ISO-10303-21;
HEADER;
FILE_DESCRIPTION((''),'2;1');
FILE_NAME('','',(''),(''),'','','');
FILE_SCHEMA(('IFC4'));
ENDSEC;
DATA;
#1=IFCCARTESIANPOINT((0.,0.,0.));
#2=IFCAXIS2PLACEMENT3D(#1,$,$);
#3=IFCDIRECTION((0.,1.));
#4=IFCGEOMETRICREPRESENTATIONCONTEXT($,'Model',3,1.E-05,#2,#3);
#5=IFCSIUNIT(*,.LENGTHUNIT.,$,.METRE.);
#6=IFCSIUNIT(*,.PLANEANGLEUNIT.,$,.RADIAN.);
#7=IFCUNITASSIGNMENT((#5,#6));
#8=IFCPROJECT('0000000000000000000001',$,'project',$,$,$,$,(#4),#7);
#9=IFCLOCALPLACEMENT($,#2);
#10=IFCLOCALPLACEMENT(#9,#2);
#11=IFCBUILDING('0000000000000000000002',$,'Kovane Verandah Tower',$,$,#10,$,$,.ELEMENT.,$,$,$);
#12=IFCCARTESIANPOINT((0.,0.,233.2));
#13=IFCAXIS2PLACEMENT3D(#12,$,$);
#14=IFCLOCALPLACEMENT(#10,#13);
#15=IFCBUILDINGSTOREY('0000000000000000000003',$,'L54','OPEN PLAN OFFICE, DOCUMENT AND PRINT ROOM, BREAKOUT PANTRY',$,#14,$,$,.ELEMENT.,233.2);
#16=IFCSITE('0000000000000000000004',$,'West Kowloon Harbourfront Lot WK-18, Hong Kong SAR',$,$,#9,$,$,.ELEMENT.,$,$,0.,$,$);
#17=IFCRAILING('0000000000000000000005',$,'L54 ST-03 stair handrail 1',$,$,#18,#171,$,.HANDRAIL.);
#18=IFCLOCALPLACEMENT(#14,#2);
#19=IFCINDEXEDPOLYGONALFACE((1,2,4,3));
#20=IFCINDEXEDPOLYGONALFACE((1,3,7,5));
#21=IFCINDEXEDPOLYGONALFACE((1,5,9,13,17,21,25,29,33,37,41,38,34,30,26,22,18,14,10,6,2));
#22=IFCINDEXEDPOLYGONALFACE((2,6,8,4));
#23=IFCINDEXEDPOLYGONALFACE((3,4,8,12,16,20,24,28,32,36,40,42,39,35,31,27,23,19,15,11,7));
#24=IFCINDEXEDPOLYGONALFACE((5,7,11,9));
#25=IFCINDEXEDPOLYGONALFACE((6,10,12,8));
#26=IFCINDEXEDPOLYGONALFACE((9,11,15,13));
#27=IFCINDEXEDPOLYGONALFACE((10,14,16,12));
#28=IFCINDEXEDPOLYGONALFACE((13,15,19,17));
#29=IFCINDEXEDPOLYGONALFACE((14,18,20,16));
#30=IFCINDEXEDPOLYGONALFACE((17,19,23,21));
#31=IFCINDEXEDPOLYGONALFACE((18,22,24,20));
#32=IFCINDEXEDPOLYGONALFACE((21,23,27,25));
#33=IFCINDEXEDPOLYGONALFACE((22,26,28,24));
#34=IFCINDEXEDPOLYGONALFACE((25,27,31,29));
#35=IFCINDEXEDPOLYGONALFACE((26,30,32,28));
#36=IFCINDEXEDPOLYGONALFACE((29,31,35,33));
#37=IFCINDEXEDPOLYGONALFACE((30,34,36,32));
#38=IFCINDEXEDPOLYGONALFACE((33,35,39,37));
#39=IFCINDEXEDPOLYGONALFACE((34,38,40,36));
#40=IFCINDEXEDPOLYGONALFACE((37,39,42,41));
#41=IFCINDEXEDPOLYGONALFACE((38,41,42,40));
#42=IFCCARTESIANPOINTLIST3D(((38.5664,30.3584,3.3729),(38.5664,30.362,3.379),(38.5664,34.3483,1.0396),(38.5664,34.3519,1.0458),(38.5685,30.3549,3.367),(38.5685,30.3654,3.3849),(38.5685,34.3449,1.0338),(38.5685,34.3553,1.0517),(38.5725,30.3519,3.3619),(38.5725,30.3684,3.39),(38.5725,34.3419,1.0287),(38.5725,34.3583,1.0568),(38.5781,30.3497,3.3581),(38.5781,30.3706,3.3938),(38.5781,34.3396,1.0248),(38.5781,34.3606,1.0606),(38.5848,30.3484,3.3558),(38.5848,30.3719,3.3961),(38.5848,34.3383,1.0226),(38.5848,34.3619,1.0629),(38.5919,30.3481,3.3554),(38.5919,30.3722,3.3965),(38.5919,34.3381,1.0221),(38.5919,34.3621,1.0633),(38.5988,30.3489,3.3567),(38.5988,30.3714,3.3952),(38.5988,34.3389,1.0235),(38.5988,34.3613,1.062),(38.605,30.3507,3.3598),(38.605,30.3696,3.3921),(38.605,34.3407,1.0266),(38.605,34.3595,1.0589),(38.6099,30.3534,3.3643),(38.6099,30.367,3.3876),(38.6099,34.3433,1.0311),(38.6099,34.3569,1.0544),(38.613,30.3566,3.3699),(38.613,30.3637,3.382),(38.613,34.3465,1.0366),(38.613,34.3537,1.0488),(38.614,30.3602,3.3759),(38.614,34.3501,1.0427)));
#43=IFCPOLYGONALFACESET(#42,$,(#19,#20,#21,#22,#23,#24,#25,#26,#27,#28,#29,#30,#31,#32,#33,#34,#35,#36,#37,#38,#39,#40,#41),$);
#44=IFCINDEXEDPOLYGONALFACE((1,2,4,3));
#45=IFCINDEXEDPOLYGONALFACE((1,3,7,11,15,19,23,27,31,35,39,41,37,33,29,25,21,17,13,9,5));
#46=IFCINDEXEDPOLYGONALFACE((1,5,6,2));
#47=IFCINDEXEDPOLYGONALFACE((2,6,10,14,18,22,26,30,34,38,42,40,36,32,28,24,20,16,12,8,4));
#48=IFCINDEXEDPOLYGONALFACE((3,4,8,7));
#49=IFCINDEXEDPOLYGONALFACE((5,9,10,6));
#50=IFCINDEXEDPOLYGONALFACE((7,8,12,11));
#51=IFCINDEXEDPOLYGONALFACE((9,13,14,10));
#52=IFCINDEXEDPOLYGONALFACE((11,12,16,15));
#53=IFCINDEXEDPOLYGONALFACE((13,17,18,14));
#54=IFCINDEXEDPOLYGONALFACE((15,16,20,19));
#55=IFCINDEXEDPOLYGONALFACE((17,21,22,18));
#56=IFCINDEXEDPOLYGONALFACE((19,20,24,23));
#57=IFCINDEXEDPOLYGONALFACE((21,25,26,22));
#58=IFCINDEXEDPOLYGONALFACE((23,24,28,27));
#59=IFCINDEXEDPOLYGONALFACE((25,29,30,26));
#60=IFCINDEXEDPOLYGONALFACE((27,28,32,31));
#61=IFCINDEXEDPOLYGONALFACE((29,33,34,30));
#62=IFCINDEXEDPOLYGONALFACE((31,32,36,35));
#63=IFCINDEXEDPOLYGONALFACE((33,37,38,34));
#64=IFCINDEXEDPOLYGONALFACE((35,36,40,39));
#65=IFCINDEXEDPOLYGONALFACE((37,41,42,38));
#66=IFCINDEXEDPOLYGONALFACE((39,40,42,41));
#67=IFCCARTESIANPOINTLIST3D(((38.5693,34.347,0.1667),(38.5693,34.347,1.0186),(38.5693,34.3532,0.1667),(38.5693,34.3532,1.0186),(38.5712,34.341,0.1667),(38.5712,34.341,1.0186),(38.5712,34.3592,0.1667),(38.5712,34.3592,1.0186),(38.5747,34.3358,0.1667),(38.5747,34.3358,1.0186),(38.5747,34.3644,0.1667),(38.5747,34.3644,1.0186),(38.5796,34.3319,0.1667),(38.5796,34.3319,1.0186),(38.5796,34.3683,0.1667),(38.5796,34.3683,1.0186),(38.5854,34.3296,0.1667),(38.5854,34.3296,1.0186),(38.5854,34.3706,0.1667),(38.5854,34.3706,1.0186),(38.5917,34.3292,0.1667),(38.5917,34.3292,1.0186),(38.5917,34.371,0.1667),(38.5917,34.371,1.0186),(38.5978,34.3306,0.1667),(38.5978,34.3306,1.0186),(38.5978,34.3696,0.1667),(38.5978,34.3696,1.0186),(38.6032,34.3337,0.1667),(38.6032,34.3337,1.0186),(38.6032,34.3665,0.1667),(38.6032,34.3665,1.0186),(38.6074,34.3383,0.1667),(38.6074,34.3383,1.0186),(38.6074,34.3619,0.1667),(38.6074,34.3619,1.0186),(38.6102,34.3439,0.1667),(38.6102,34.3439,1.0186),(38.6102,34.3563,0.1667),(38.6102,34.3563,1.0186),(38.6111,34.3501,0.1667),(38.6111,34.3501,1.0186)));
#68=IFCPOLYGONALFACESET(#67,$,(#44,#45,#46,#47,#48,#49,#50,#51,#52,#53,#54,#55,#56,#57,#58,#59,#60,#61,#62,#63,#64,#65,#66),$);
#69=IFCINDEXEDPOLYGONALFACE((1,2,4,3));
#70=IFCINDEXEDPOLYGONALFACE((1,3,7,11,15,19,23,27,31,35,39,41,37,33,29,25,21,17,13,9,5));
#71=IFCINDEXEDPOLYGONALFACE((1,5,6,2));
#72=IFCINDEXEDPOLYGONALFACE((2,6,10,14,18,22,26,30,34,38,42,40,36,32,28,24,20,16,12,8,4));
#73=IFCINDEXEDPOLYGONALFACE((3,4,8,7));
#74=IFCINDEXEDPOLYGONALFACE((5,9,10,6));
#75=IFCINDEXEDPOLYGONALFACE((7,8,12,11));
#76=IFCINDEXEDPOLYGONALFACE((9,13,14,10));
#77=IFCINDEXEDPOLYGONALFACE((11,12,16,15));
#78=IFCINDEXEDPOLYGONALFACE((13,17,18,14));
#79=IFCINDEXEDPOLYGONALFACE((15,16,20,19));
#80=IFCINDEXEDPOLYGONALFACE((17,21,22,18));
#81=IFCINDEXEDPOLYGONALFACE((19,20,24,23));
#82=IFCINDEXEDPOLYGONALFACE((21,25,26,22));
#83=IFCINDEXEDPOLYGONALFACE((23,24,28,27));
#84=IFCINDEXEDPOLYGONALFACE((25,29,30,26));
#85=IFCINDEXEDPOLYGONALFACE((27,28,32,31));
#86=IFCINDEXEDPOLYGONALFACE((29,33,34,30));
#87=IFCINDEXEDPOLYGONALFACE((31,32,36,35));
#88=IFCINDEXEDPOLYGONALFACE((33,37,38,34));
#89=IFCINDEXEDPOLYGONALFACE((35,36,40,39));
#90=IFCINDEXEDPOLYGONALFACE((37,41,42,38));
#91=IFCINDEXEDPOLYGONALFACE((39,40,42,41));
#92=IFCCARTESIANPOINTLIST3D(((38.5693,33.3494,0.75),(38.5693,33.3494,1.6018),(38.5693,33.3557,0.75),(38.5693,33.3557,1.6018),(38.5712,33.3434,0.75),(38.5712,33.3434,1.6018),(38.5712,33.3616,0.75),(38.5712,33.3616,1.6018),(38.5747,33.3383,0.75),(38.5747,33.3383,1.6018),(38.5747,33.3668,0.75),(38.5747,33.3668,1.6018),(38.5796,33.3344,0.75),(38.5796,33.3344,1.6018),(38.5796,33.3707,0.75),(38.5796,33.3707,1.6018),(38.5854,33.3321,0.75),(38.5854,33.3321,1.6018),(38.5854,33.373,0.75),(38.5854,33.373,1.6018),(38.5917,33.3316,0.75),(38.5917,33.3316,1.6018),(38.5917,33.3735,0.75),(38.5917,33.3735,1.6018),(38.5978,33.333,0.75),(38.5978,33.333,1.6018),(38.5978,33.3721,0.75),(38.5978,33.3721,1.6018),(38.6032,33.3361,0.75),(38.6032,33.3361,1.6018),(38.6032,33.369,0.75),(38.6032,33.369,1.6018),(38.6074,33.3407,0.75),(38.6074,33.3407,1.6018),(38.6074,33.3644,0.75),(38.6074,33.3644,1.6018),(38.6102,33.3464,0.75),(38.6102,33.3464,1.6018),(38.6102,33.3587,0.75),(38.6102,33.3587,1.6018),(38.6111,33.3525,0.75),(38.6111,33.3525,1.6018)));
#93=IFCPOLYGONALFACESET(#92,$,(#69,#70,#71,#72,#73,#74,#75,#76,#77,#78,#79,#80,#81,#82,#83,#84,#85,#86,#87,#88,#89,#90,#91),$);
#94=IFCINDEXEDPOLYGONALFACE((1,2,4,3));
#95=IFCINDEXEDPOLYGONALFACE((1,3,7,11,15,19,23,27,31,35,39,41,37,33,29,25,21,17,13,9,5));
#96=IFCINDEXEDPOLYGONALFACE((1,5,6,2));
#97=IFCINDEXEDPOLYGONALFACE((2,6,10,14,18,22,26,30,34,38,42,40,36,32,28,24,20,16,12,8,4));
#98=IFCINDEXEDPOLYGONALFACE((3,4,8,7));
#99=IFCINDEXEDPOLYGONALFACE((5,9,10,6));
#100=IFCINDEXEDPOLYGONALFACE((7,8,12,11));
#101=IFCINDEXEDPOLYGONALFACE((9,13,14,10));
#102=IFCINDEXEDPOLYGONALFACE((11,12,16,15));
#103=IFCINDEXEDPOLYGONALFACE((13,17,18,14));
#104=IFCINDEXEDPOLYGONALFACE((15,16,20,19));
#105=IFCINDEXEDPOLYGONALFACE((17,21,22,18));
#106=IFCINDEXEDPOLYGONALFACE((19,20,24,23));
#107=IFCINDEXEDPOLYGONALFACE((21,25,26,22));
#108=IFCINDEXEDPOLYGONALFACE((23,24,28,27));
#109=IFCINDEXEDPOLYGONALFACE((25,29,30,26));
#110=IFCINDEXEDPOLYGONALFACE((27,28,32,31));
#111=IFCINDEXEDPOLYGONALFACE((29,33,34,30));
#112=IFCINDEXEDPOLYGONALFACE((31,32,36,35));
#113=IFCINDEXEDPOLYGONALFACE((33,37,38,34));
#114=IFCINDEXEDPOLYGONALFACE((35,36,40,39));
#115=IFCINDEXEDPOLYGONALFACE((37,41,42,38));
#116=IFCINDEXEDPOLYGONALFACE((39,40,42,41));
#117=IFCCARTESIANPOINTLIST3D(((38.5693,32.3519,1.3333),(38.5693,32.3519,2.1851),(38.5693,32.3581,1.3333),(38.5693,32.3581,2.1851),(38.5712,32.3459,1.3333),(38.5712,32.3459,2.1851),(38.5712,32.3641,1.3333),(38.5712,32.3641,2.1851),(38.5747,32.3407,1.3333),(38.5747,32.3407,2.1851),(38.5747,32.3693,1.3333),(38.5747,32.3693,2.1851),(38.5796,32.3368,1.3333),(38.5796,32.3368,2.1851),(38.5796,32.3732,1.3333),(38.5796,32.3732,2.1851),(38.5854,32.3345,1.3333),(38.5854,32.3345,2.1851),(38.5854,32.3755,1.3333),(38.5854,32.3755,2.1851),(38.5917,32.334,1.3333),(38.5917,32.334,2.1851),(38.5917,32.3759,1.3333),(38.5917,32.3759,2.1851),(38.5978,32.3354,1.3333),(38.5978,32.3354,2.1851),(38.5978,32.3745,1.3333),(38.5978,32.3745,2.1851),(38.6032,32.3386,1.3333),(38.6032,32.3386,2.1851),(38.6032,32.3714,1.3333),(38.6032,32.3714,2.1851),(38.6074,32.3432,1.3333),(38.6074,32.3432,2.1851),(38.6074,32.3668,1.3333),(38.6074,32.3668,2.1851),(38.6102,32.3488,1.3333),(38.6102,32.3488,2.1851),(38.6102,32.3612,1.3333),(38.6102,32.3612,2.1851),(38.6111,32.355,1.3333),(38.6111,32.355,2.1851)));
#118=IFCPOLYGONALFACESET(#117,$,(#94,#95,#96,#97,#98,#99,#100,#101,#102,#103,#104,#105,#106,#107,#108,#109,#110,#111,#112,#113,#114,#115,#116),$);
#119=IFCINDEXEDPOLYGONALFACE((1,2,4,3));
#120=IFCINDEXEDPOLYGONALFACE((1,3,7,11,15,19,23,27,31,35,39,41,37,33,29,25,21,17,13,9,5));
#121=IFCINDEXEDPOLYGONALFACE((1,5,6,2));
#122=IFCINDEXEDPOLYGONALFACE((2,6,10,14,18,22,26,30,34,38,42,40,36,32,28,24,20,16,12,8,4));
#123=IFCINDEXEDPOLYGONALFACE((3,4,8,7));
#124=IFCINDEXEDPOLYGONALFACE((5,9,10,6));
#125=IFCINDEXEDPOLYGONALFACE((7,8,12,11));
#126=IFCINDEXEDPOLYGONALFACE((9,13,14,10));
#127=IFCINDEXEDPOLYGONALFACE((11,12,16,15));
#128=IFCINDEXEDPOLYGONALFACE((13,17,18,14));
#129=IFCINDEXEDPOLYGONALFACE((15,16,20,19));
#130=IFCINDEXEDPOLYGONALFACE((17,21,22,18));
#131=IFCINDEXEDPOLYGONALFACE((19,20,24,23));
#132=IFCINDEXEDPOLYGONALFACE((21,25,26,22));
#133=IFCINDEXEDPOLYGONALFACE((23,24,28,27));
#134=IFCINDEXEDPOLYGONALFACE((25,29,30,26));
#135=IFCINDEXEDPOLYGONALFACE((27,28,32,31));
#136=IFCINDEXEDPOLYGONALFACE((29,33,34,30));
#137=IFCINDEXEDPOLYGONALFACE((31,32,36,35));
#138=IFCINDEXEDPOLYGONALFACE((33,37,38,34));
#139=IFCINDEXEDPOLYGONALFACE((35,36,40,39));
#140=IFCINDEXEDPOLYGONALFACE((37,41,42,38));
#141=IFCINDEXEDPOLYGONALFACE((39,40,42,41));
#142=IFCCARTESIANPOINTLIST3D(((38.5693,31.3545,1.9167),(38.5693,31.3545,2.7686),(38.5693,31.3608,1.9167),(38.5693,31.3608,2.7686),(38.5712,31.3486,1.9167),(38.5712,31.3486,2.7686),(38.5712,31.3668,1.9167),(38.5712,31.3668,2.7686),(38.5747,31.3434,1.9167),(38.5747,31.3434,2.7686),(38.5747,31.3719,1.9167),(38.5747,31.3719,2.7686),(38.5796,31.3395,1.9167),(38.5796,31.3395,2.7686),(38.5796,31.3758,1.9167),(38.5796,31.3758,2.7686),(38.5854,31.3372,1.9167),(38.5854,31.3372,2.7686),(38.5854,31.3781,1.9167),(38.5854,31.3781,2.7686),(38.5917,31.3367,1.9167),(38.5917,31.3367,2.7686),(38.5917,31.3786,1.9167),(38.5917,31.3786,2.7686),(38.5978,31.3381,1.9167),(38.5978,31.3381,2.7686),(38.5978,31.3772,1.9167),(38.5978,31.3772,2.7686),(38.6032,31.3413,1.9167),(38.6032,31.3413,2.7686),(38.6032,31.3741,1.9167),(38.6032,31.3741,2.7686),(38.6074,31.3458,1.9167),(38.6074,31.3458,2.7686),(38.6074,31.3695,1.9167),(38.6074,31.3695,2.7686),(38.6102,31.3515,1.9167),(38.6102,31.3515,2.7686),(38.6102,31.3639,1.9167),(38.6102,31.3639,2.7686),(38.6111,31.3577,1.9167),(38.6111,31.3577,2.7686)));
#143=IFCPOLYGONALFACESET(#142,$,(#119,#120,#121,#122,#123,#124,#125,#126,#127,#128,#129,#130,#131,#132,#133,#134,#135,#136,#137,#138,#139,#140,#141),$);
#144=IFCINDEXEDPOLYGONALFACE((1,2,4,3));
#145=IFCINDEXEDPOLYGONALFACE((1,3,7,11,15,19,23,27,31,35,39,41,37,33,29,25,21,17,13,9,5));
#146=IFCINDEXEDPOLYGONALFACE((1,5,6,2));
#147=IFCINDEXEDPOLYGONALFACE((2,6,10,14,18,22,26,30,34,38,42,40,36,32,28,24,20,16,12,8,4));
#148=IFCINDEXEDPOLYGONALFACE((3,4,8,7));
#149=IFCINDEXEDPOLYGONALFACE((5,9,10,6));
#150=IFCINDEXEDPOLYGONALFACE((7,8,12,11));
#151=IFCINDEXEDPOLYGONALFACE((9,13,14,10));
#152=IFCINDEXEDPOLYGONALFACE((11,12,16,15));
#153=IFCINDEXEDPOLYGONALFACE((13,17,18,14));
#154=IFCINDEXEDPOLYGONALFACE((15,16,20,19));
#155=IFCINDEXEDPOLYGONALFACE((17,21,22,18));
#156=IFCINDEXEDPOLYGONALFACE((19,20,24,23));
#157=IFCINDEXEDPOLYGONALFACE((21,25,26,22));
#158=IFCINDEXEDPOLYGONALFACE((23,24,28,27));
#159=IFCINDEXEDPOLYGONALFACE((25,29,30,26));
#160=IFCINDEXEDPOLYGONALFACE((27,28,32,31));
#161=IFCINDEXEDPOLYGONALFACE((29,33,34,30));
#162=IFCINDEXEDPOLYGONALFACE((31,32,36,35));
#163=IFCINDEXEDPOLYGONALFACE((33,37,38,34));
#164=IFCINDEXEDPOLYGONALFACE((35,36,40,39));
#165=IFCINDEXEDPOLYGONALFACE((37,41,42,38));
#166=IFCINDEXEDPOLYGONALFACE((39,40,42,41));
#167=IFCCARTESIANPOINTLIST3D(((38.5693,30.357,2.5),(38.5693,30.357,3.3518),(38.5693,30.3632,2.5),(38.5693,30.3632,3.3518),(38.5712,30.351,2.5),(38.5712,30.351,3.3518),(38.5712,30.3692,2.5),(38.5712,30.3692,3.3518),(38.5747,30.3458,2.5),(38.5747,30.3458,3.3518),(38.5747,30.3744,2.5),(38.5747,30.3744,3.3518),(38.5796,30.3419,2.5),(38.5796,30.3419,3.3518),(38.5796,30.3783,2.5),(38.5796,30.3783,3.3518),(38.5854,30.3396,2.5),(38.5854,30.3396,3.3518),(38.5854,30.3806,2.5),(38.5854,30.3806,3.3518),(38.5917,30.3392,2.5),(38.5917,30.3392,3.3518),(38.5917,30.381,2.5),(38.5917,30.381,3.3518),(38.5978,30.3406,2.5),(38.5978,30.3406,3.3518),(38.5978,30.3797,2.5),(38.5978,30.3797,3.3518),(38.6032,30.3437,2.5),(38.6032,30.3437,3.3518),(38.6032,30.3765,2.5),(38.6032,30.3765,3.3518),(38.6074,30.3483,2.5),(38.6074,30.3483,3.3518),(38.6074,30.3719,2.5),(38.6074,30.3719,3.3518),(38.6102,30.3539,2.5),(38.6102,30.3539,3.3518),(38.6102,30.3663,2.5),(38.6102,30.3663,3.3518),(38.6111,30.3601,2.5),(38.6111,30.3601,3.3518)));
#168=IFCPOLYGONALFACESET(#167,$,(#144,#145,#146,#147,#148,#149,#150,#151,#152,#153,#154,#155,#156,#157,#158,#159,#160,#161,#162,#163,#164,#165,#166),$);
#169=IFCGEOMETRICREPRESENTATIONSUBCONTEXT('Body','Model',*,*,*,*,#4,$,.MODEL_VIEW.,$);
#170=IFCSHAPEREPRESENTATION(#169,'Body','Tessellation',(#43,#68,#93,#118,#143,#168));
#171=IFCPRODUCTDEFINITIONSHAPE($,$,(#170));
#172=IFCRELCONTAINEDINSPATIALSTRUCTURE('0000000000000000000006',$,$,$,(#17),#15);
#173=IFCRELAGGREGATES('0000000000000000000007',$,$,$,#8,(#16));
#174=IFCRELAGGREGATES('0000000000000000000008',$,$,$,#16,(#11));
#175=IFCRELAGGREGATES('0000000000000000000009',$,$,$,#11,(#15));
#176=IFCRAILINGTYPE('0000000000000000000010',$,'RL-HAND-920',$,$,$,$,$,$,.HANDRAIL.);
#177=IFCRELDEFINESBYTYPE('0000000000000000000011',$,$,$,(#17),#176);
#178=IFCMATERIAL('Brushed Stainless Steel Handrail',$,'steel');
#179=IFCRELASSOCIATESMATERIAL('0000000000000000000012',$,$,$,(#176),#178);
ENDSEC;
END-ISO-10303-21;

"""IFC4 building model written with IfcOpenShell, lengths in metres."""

from ifc_helpers import new_model, si_unit, direction, frame, origin, origin_2d, place, context, subcontext, project, spatial, circle, extrude, material, type_object, element, save


model = new_model("IFC4")

# Units and contexts
model_context = context("Model", 3, precision=1e-05, world=origin(), true_north=direction((0.0, 1.0)))
body_context = subcontext(model_context, "Body", "Model", "MODEL_VIEW")
ifc_project = project(units=[si_unit("LENGTHUNIT", "METRE"), si_unit("PLANEANGLEUNIT", "RADIAN")], contexts=[model_context])

# Site, building, storey
site_placement = place(None, origin())
site = spatial("IfcSite", under=ifc_project, at=site_placement, Name="West Kowloon Harbourfront Lot WK-18, Hong Kong SAR", CompositionType="ELEMENT", RefElevation=0.0)
building_placement = place(site_placement, origin())
building = spatial("IfcBuilding", under=site, at=building_placement, Name="Kovane Verandah Tower", CompositionType="ELEMENT")
storey_placement = place(building_placement, frame((0.0, 0.0, 233.2)))
storey = spatial("IfcBuildingStorey", under=building, at=storey_placement, Name="L54", Description="OPEN PLAN OFFICE, DOCUMENT AND PRINT ROOM, BREAKOUT PANTRY", CompositionType="ELEMENT", Elevation=233.2)

# Railing
ifc_material_1 = material(Name="Brushed Stainless Steel Handrail", Category="steel")
railing_type_1 = type_object("IfcRailingType", Name="RL-HAND-920", PredefinedType="HANDRAIL", material=ifc_material_1)
railing_1_placement = place(storey_placement, frame((38.5901, 34.3501, 0.1667)))
element("IfcRailing", 1, at=railing_1_placement, inside=storey, type_object=railing_type_1, Name="L54 ST-03 stair handrail 1", PredefinedType="HANDRAIL", context=body_context, shape_type="SweptSolid", body=[
    extrude(circle(Radius=0.0239, at=origin_2d()), frame((0.0, 0.0, 0.876), z_axis=(0.0, -0.863236, 0.5048), x_axis=(1.0, 0.0, 0.0)), (0.0, 0.0, 1.0), 4.6221),
    extrude(circle(Radius=0.021, at=origin_2d()), origin(), (0.0, 0.0, 1.0), 0.8518),
    extrude(circle(Radius=0.021, at=origin_2d()), frame((0.0, -0.9976, 0.5833)), (0.0, 0.0, 1.0), 0.8518),
    extrude(circle(Radius=0.021, at=origin_2d()), frame((0.0, -1.9951, 1.1665)), (0.0, 0.0, 1.0), 0.8518),
    extrude(circle(Radius=0.021, at=origin_2d()), frame((0.0, -2.9924, 1.75)), (0.0, 0.0, 1.0), 0.8518),
    extrude(circle(Radius=0.021, at=origin_2d()), frame((0.0, -3.99, 2.3333)), (0.0, 0.0, 1.0), 0.8518),
])

save(model, "model.ifc")
